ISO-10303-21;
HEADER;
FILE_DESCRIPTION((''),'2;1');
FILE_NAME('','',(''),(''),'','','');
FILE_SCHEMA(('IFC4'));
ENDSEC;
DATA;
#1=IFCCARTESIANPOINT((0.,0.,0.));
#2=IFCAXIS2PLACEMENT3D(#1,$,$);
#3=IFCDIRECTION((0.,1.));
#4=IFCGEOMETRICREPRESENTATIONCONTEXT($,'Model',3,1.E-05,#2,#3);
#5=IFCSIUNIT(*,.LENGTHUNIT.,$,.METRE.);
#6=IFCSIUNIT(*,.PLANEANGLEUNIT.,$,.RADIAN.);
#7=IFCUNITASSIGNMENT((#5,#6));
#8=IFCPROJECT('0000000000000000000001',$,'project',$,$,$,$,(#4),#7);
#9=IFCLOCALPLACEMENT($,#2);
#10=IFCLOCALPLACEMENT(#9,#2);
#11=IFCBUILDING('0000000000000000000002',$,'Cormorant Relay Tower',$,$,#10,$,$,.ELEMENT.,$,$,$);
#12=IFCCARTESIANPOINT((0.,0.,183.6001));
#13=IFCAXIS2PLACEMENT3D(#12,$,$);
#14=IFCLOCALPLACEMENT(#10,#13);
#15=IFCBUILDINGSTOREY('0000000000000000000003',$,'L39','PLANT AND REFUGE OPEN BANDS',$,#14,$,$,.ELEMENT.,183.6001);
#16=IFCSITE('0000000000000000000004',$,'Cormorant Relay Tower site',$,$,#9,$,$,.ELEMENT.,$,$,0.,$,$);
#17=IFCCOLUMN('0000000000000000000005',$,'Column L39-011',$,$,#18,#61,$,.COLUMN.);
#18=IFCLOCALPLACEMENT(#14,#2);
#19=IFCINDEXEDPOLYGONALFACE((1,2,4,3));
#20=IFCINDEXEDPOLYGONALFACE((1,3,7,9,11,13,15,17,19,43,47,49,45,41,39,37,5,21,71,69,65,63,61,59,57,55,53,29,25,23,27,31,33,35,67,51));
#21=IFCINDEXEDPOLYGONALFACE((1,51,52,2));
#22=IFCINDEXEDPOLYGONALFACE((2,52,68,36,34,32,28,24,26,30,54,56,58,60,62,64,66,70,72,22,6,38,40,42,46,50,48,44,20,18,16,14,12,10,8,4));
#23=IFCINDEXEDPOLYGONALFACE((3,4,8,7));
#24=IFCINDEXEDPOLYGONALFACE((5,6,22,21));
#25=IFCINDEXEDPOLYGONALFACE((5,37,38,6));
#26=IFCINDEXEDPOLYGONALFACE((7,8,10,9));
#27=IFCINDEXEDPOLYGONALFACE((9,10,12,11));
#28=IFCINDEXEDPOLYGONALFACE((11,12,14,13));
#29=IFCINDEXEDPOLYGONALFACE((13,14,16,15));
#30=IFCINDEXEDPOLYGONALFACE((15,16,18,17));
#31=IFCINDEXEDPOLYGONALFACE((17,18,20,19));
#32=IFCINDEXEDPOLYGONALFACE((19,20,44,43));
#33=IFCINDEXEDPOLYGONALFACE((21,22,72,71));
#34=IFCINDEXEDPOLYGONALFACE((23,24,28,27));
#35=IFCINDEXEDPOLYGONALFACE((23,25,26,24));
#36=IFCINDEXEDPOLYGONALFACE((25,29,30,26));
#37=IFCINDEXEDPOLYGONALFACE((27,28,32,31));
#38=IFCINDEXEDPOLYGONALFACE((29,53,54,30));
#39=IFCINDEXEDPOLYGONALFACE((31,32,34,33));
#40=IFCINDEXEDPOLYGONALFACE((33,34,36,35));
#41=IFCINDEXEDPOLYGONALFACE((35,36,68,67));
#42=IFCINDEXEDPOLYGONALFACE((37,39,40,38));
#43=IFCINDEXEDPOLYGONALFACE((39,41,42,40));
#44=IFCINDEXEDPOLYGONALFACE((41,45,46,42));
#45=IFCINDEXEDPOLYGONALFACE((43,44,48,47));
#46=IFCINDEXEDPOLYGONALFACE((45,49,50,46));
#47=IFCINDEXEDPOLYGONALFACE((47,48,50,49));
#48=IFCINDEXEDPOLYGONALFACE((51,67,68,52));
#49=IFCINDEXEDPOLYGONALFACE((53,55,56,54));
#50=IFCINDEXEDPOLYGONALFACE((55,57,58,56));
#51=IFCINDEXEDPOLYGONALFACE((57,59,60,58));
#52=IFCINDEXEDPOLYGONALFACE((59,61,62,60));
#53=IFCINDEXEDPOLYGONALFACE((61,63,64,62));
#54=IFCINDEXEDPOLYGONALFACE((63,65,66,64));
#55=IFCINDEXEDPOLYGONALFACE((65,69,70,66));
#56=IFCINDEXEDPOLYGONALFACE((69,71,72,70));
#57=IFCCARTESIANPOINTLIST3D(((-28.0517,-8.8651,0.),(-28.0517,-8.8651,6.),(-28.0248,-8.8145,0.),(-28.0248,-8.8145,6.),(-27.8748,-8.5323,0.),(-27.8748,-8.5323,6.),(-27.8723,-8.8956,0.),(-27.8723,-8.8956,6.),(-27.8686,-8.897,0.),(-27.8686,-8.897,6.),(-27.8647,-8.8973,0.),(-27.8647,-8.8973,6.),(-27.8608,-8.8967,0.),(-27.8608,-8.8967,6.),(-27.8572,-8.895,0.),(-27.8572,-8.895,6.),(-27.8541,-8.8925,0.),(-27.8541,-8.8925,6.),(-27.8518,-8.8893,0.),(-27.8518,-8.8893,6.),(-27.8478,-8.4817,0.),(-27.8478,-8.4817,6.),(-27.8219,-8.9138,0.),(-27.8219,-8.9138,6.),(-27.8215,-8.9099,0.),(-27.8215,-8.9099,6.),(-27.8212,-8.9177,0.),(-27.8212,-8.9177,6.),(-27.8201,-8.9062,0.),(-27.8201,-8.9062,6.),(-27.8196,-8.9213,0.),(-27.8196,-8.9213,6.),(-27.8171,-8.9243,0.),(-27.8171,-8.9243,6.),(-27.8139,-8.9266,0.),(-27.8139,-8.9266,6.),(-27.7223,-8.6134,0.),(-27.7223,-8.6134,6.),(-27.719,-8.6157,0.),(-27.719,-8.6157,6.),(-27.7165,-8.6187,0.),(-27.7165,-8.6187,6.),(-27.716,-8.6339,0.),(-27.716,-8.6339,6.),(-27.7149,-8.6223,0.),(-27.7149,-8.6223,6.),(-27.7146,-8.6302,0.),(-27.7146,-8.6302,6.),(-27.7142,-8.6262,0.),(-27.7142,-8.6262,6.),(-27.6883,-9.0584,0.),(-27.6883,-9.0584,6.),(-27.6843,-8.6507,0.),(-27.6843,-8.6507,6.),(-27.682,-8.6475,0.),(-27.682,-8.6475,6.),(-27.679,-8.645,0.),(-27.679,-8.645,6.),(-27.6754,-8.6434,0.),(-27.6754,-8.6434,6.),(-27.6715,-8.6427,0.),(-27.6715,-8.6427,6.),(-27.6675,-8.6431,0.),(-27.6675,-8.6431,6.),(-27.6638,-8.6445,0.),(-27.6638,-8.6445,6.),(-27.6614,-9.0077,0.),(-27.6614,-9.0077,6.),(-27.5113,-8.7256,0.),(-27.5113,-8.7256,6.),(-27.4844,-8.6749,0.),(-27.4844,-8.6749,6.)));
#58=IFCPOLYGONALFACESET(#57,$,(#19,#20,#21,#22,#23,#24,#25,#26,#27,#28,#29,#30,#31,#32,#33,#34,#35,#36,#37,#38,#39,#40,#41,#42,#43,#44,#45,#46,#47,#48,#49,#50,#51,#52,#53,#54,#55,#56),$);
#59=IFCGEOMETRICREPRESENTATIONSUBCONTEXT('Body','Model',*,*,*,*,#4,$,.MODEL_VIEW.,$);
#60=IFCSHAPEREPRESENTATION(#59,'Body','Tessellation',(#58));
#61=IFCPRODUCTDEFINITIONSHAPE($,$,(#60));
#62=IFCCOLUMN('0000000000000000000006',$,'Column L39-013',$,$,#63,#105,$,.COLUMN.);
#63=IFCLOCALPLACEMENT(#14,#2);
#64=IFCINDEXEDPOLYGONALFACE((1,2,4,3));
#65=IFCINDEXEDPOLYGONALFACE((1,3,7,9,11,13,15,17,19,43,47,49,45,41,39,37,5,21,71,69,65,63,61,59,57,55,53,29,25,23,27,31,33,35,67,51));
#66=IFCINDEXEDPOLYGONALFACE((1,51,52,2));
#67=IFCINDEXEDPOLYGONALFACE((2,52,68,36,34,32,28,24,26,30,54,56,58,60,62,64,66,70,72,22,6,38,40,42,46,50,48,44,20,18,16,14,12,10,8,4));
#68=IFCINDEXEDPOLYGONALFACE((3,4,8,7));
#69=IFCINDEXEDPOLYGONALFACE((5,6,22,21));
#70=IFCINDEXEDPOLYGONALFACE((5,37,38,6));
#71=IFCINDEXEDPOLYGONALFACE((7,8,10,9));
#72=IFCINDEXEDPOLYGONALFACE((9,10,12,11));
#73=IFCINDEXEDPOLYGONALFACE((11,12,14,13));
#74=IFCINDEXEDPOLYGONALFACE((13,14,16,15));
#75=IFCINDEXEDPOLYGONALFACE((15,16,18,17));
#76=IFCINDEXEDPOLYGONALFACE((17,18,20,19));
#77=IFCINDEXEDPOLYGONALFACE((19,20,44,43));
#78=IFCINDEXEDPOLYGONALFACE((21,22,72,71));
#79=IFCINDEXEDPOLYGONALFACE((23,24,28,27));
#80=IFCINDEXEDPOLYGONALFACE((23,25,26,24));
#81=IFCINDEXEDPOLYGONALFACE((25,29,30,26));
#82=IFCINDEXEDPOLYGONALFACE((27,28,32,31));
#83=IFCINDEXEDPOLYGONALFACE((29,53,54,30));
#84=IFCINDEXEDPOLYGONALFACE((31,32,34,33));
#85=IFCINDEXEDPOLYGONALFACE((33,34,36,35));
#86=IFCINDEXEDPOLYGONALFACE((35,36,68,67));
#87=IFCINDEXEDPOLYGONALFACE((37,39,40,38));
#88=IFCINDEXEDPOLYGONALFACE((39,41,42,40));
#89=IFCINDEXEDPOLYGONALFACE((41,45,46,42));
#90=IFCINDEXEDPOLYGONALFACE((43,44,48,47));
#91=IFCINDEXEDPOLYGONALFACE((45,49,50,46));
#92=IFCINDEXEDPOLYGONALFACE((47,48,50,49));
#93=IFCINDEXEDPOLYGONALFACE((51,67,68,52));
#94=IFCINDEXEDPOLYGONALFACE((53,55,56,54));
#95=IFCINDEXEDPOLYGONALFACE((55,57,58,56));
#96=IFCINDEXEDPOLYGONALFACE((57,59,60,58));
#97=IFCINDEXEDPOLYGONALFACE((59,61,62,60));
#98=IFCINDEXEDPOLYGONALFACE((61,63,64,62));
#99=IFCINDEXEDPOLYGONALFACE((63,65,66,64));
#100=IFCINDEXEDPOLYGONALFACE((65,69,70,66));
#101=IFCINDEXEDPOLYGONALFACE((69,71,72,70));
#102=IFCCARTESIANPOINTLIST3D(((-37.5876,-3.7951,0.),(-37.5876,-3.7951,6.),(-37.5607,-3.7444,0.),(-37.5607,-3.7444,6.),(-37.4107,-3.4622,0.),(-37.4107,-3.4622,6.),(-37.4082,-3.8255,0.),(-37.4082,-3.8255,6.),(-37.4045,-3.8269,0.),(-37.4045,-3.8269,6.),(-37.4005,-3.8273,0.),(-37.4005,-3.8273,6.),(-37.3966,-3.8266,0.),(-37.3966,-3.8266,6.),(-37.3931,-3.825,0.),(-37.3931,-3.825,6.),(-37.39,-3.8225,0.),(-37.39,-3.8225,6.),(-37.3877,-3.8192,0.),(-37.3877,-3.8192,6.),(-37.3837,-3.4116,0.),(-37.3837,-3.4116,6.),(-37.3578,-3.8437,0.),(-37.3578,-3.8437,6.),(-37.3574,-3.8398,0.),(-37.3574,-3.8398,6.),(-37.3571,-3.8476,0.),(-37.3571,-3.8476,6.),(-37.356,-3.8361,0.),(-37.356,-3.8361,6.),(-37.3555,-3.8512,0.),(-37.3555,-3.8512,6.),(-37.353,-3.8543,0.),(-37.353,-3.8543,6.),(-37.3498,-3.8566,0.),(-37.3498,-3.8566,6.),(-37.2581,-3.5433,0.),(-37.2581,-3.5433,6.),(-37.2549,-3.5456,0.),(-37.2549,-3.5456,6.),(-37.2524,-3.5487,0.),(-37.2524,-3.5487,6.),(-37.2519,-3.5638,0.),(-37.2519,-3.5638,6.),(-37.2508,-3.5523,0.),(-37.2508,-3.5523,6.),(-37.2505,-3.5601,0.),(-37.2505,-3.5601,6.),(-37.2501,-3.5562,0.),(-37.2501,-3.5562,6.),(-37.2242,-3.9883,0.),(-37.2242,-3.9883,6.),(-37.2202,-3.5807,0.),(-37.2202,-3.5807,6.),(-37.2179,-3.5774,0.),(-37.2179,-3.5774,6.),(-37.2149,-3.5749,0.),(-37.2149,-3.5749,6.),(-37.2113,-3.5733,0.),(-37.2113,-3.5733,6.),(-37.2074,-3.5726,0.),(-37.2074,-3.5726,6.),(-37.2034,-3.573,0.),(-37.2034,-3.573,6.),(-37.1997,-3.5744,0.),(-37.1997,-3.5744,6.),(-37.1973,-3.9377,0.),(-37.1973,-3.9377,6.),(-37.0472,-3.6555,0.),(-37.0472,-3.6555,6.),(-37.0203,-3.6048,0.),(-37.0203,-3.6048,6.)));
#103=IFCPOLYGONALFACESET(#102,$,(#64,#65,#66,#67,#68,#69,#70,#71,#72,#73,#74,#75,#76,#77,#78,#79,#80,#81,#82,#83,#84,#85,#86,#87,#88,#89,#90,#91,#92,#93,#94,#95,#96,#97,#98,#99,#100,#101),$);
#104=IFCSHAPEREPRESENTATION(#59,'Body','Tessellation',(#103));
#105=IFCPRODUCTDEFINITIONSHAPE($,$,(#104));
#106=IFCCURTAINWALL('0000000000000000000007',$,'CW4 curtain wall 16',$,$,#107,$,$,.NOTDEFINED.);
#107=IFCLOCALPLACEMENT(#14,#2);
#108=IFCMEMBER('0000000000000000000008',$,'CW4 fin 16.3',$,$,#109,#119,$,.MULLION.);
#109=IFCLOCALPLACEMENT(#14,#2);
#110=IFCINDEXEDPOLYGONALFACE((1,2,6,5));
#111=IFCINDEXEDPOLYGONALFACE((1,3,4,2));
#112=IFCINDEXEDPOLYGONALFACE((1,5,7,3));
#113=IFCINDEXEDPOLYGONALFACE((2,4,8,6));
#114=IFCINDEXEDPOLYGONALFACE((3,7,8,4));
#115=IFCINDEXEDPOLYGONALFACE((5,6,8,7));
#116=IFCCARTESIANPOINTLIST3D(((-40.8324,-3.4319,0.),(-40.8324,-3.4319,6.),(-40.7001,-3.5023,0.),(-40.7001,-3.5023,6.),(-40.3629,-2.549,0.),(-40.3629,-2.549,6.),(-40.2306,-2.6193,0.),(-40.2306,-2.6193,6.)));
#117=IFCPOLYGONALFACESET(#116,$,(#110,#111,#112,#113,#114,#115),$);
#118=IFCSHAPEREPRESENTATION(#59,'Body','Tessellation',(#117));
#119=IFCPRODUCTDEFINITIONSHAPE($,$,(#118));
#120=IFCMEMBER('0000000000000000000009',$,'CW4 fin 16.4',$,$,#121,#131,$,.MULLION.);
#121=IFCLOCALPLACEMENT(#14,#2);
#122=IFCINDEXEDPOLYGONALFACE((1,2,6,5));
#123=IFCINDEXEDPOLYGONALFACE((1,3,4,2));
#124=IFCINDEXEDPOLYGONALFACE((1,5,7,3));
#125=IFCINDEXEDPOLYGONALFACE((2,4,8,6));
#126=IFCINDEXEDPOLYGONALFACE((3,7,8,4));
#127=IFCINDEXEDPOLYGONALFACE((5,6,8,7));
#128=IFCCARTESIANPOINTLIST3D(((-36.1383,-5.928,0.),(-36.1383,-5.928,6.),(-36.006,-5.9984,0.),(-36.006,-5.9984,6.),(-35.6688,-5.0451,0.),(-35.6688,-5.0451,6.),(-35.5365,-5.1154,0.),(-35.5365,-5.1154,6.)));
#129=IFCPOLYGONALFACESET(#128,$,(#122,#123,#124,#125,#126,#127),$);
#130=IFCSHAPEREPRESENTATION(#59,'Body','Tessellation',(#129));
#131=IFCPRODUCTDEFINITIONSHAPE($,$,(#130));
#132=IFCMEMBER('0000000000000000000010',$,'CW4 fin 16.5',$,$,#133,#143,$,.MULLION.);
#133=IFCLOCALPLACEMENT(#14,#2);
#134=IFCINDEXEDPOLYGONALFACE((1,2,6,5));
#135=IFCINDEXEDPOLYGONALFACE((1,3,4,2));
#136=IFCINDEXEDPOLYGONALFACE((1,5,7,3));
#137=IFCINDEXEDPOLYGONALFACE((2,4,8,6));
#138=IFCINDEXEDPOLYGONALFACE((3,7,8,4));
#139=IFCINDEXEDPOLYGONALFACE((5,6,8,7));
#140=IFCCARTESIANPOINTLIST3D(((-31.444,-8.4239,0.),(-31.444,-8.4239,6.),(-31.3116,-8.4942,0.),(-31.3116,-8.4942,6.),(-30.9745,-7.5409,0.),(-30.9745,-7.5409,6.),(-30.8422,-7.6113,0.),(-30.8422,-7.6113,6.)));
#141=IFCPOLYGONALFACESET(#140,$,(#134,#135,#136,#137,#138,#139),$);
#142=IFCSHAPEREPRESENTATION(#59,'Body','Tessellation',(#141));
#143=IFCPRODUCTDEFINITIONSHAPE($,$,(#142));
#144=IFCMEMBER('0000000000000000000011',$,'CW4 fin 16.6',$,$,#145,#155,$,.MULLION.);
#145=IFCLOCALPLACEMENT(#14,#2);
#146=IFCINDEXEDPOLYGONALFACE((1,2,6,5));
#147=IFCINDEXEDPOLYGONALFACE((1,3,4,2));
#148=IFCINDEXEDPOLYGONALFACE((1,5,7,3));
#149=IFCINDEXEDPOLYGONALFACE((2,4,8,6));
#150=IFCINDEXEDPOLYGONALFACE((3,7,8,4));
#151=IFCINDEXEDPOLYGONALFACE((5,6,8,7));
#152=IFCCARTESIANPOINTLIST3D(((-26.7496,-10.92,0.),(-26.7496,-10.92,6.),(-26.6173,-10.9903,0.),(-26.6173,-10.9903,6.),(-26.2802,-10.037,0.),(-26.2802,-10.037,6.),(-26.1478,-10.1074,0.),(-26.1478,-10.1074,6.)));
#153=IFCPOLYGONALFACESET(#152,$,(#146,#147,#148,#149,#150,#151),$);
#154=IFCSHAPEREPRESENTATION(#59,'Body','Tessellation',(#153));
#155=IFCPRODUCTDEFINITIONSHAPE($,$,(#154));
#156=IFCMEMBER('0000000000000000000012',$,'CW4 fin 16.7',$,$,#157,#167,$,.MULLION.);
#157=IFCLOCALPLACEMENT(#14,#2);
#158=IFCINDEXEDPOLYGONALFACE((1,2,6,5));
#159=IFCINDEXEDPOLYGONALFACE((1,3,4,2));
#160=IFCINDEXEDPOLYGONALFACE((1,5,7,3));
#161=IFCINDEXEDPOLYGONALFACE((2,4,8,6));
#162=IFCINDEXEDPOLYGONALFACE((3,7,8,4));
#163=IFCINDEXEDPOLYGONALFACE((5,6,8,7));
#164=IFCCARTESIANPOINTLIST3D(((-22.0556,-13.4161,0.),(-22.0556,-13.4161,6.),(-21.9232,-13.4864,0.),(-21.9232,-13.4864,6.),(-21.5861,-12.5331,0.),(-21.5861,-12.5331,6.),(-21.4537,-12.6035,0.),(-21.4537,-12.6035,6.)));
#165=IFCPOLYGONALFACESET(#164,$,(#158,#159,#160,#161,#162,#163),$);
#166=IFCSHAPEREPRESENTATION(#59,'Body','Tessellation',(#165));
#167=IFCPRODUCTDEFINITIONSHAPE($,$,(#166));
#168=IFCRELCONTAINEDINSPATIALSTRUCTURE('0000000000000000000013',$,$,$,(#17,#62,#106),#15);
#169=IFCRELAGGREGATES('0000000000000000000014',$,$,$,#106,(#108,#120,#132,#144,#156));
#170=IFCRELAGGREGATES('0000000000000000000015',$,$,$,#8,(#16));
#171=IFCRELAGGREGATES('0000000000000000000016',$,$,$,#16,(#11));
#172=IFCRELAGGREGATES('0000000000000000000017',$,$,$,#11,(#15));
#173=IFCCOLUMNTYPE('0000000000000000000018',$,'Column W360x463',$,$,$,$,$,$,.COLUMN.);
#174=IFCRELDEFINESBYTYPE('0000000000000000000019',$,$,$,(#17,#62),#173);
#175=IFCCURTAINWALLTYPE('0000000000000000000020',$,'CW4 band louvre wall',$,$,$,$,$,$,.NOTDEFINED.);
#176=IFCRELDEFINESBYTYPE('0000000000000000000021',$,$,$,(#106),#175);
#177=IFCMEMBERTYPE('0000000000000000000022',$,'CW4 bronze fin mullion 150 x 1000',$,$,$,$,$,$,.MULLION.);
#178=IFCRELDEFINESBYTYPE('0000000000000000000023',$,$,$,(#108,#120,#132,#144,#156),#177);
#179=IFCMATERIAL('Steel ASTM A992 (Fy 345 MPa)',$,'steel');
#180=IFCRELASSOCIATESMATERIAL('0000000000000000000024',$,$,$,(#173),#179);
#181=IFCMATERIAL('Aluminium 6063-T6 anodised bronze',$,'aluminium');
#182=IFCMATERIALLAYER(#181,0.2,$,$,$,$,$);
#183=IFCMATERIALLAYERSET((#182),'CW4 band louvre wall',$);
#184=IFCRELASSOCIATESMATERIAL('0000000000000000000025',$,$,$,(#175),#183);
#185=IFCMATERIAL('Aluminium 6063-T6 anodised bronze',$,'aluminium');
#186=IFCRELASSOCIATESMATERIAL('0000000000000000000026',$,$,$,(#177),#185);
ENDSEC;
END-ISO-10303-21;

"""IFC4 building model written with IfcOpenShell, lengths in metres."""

from ifc_helpers import new_model, si_unit, direction, frame, origin, origin_2d, place, context, subcontext, project, spatial, rectangle, i_section, extrude, material, layer, layer_set, material_profile, profile_set, type_object, element, aggregate, save


model = new_model("IFC4")

# Units and contexts
model_context = context("Model", 3, precision=1e-05, world=origin(), true_north=direction((0.0, 1.0)))
body_context = subcontext(model_context, "Body", "Model", "MODEL_VIEW")
ifc_project = project(units=[si_unit("LENGTHUNIT", "METRE"), si_unit("PLANEANGLEUNIT", "RADIAN")], contexts=[model_context])

# Site, building, storey
site_placement = place(None, origin())
site = spatial("IfcSite", under=ifc_project, at=site_placement, Name="Cormorant Relay Tower site", CompositionType="ELEMENT", RefElevation=0.0)
building_placement = place(site_placement, origin())
building = spatial("IfcBuilding", under=site, at=building_placement, Name="Cormorant Relay Tower", CompositionType="ELEMENT")
storey_placement = place(building_placement, frame((0.0, 0.0, 183.6001)))
storey = spatial("IfcBuildingStorey", under=building, at=storey_placement, Name="L39", Description="PLANT AND REFUGE OPEN BANDS", CompositionType="ELEMENT", Elevation=183.6001)

# Columns
ifc_material_1 = material(Name="Steel ASTM A992 (Fy 345 MPa)", Category="steel")
ifc_material_profile_1 = material_profile(ifc_material_1, i_section(OverallWidth=0.4116, OverallDepth=0.4343, WebThickness=0.0359, FlangeThickness=0.0574, FilletRadius=0.0151, at=origin_2d()), Name="W360x463")
ifc_profile_set_1 = profile_set([ifc_material_profile_1], Name="Steel ASTM A992 (Fy 345 MPa)")
column_type = type_object("IfcColumnType", Name="Column W360x463", PredefinedType="COLUMN", material=ifc_profile_set_1)
for number, where, z_axis, x_axis, name in (
    (1, (-27.7681, -8.77, 0.0), (0.0, 0.0, 1.0), (0.882948, -0.469472, 0.0), "Column L39-011"),
    (2, (-37.304, -3.7, 0.0), (0.0, 0.0, 1.0), (0.882948, -0.469472, 0.0), "Column L39-013"),
):
    element("IfcColumn", number, at=place(storey_placement, frame(where, z_axis=z_axis, x_axis=x_axis)), inside=storey, type_object=column_type, Name=name, PredefinedType="COLUMN", context=body_context, shape_type="SweptSolid", body=[
        extrude(i_section(OverallWidth=0.4116, OverallDepth=0.4343, WebThickness=0.0359, FlangeThickness=0.0574, FilletRadius=0.0151, at=origin_2d()), origin(), (0.0, 0.0, 1.0), 6.0),
    ])

# Curtain wall, members
ifc_material_2 = material(Name="Aluminium 6063-T6 anodised bronze", Category="aluminium")
ifc_layer_1 = layer(ifc_material_2, 0.2)
ifc_layer_set_1 = layer_set([ifc_layer_1], Name="CW4 band louvre wall")
curtain_wall_type = type_object("IfcCurtainWallType", Name="CW4 band louvre wall", PredefinedType="NOTDEFINED", material=ifc_layer_set_1)
curtain_wall_placement = place(storey_placement, origin())
curtain_wall = element("IfcCurtainWall", 3, at=curtain_wall_placement, inside=storey, type_object=curtain_wall_type, Name="CW4 curtain wall 16", PredefinedType="NOTDEFINED")
ifc_material_3 = material(Name="Aluminium 6063-T6 anodised bronze", Category="aluminium")
ifc_material_profile_2 = material_profile(ifc_material_3, rectangle(XDim=0.1499, YDim=1.0, at=origin_2d()), Name="AL 150x1000")
ifc_profile_set_2 = profile_set([ifc_material_profile_2], Name="Aluminium 6063-T6 anodised bronze")
member_type = type_object("IfcMemberType", Name="CW4 bronze fin mullion 150 x 1000", PredefinedType="MULLION", material=ifc_profile_set_2)
member_1_placement = place(storey_placement, frame((-40.5315, -3.0256, 0.0), z_axis=(0.0, 0.0, 1.0), x_axis=(0.882948, -0.469472, 0.0)))
member_1 = element("IfcMember", 4, at=member_1_placement, type_object=member_type, Name="CW4 fin 16.3", PredefinedType="MULLION", context=body_context, shape_type="SweptSolid", body=[
    extrude(rectangle(XDim=0.1499, YDim=1.0, at=origin_2d()), origin(), (0.0, 0.0, 1.0), 6.0),
])
member_2_placement = place(storey_placement, frame((-35.8374, -5.5217, 0.0), z_axis=(0.0, 0.0, 1.0), x_axis=(0.882948, -0.469472, 0.0)))
member_2 = element("IfcMember", 5, at=member_2_placement, type_object=member_type, Name="CW4 fin 16.4", PredefinedType="MULLION", context=body_context, shape_type="SweptSolid", body=[
    extrude(rectangle(XDim=0.1499, YDim=1.0, at=origin_2d()), origin(), (0.0, 0.0, 1.0), 6.0),
])
member_3_placement = place(storey_placement, frame((-31.1431, -8.0176, 0.0), z_axis=(0.0, 0.0, 1.0), x_axis=(0.882948, -0.469472, 0.0)))
member_3 = element("IfcMember", 6, at=member_3_placement, type_object=member_type, Name="CW4 fin 16.5", PredefinedType="MULLION", context=body_context, shape_type="SweptSolid", body=[
    extrude(rectangle(XDim=0.1499, YDim=1.0, at=origin_2d()), origin(), (0.0, 0.0, 1.0), 6.0),
])
member_4_placement = place(storey_placement, frame((-26.4487, -10.5137, 0.0), z_axis=(0.0, 0.0, 1.0), x_axis=(0.882948, -0.469472, 0.0)))
member_4 = element("IfcMember", 7, at=member_4_placement, type_object=member_type, Name="CW4 fin 16.6", PredefinedType="MULLION", context=body_context, shape_type="SweptSolid", body=[
    extrude(rectangle(XDim=0.1499, YDim=1.0, at=origin_2d()), origin(), (0.0, 0.0, 1.0), 6.0),
])
member_5_placement = place(storey_placement, frame((-21.7546, -13.0098, 0.0), z_axis=(0.0, 0.0, 1.0), x_axis=(0.882948, -0.469472, 0.0)))
member_5 = element("IfcMember", 8, at=member_5_placement, type_object=member_type, Name="CW4 fin 16.7", PredefinedType="MULLION", context=body_context, shape_type="SweptSolid", body=[
    extrude(rectangle(XDim=0.1499, YDim=1.0, at=origin_2d()), origin(), (0.0, 0.0, 1.0), 6.0),
])

aggregate(curtain_wall, [member_1, member_2, member_3, member_4, member_5])

save(model, "model.ifc")
